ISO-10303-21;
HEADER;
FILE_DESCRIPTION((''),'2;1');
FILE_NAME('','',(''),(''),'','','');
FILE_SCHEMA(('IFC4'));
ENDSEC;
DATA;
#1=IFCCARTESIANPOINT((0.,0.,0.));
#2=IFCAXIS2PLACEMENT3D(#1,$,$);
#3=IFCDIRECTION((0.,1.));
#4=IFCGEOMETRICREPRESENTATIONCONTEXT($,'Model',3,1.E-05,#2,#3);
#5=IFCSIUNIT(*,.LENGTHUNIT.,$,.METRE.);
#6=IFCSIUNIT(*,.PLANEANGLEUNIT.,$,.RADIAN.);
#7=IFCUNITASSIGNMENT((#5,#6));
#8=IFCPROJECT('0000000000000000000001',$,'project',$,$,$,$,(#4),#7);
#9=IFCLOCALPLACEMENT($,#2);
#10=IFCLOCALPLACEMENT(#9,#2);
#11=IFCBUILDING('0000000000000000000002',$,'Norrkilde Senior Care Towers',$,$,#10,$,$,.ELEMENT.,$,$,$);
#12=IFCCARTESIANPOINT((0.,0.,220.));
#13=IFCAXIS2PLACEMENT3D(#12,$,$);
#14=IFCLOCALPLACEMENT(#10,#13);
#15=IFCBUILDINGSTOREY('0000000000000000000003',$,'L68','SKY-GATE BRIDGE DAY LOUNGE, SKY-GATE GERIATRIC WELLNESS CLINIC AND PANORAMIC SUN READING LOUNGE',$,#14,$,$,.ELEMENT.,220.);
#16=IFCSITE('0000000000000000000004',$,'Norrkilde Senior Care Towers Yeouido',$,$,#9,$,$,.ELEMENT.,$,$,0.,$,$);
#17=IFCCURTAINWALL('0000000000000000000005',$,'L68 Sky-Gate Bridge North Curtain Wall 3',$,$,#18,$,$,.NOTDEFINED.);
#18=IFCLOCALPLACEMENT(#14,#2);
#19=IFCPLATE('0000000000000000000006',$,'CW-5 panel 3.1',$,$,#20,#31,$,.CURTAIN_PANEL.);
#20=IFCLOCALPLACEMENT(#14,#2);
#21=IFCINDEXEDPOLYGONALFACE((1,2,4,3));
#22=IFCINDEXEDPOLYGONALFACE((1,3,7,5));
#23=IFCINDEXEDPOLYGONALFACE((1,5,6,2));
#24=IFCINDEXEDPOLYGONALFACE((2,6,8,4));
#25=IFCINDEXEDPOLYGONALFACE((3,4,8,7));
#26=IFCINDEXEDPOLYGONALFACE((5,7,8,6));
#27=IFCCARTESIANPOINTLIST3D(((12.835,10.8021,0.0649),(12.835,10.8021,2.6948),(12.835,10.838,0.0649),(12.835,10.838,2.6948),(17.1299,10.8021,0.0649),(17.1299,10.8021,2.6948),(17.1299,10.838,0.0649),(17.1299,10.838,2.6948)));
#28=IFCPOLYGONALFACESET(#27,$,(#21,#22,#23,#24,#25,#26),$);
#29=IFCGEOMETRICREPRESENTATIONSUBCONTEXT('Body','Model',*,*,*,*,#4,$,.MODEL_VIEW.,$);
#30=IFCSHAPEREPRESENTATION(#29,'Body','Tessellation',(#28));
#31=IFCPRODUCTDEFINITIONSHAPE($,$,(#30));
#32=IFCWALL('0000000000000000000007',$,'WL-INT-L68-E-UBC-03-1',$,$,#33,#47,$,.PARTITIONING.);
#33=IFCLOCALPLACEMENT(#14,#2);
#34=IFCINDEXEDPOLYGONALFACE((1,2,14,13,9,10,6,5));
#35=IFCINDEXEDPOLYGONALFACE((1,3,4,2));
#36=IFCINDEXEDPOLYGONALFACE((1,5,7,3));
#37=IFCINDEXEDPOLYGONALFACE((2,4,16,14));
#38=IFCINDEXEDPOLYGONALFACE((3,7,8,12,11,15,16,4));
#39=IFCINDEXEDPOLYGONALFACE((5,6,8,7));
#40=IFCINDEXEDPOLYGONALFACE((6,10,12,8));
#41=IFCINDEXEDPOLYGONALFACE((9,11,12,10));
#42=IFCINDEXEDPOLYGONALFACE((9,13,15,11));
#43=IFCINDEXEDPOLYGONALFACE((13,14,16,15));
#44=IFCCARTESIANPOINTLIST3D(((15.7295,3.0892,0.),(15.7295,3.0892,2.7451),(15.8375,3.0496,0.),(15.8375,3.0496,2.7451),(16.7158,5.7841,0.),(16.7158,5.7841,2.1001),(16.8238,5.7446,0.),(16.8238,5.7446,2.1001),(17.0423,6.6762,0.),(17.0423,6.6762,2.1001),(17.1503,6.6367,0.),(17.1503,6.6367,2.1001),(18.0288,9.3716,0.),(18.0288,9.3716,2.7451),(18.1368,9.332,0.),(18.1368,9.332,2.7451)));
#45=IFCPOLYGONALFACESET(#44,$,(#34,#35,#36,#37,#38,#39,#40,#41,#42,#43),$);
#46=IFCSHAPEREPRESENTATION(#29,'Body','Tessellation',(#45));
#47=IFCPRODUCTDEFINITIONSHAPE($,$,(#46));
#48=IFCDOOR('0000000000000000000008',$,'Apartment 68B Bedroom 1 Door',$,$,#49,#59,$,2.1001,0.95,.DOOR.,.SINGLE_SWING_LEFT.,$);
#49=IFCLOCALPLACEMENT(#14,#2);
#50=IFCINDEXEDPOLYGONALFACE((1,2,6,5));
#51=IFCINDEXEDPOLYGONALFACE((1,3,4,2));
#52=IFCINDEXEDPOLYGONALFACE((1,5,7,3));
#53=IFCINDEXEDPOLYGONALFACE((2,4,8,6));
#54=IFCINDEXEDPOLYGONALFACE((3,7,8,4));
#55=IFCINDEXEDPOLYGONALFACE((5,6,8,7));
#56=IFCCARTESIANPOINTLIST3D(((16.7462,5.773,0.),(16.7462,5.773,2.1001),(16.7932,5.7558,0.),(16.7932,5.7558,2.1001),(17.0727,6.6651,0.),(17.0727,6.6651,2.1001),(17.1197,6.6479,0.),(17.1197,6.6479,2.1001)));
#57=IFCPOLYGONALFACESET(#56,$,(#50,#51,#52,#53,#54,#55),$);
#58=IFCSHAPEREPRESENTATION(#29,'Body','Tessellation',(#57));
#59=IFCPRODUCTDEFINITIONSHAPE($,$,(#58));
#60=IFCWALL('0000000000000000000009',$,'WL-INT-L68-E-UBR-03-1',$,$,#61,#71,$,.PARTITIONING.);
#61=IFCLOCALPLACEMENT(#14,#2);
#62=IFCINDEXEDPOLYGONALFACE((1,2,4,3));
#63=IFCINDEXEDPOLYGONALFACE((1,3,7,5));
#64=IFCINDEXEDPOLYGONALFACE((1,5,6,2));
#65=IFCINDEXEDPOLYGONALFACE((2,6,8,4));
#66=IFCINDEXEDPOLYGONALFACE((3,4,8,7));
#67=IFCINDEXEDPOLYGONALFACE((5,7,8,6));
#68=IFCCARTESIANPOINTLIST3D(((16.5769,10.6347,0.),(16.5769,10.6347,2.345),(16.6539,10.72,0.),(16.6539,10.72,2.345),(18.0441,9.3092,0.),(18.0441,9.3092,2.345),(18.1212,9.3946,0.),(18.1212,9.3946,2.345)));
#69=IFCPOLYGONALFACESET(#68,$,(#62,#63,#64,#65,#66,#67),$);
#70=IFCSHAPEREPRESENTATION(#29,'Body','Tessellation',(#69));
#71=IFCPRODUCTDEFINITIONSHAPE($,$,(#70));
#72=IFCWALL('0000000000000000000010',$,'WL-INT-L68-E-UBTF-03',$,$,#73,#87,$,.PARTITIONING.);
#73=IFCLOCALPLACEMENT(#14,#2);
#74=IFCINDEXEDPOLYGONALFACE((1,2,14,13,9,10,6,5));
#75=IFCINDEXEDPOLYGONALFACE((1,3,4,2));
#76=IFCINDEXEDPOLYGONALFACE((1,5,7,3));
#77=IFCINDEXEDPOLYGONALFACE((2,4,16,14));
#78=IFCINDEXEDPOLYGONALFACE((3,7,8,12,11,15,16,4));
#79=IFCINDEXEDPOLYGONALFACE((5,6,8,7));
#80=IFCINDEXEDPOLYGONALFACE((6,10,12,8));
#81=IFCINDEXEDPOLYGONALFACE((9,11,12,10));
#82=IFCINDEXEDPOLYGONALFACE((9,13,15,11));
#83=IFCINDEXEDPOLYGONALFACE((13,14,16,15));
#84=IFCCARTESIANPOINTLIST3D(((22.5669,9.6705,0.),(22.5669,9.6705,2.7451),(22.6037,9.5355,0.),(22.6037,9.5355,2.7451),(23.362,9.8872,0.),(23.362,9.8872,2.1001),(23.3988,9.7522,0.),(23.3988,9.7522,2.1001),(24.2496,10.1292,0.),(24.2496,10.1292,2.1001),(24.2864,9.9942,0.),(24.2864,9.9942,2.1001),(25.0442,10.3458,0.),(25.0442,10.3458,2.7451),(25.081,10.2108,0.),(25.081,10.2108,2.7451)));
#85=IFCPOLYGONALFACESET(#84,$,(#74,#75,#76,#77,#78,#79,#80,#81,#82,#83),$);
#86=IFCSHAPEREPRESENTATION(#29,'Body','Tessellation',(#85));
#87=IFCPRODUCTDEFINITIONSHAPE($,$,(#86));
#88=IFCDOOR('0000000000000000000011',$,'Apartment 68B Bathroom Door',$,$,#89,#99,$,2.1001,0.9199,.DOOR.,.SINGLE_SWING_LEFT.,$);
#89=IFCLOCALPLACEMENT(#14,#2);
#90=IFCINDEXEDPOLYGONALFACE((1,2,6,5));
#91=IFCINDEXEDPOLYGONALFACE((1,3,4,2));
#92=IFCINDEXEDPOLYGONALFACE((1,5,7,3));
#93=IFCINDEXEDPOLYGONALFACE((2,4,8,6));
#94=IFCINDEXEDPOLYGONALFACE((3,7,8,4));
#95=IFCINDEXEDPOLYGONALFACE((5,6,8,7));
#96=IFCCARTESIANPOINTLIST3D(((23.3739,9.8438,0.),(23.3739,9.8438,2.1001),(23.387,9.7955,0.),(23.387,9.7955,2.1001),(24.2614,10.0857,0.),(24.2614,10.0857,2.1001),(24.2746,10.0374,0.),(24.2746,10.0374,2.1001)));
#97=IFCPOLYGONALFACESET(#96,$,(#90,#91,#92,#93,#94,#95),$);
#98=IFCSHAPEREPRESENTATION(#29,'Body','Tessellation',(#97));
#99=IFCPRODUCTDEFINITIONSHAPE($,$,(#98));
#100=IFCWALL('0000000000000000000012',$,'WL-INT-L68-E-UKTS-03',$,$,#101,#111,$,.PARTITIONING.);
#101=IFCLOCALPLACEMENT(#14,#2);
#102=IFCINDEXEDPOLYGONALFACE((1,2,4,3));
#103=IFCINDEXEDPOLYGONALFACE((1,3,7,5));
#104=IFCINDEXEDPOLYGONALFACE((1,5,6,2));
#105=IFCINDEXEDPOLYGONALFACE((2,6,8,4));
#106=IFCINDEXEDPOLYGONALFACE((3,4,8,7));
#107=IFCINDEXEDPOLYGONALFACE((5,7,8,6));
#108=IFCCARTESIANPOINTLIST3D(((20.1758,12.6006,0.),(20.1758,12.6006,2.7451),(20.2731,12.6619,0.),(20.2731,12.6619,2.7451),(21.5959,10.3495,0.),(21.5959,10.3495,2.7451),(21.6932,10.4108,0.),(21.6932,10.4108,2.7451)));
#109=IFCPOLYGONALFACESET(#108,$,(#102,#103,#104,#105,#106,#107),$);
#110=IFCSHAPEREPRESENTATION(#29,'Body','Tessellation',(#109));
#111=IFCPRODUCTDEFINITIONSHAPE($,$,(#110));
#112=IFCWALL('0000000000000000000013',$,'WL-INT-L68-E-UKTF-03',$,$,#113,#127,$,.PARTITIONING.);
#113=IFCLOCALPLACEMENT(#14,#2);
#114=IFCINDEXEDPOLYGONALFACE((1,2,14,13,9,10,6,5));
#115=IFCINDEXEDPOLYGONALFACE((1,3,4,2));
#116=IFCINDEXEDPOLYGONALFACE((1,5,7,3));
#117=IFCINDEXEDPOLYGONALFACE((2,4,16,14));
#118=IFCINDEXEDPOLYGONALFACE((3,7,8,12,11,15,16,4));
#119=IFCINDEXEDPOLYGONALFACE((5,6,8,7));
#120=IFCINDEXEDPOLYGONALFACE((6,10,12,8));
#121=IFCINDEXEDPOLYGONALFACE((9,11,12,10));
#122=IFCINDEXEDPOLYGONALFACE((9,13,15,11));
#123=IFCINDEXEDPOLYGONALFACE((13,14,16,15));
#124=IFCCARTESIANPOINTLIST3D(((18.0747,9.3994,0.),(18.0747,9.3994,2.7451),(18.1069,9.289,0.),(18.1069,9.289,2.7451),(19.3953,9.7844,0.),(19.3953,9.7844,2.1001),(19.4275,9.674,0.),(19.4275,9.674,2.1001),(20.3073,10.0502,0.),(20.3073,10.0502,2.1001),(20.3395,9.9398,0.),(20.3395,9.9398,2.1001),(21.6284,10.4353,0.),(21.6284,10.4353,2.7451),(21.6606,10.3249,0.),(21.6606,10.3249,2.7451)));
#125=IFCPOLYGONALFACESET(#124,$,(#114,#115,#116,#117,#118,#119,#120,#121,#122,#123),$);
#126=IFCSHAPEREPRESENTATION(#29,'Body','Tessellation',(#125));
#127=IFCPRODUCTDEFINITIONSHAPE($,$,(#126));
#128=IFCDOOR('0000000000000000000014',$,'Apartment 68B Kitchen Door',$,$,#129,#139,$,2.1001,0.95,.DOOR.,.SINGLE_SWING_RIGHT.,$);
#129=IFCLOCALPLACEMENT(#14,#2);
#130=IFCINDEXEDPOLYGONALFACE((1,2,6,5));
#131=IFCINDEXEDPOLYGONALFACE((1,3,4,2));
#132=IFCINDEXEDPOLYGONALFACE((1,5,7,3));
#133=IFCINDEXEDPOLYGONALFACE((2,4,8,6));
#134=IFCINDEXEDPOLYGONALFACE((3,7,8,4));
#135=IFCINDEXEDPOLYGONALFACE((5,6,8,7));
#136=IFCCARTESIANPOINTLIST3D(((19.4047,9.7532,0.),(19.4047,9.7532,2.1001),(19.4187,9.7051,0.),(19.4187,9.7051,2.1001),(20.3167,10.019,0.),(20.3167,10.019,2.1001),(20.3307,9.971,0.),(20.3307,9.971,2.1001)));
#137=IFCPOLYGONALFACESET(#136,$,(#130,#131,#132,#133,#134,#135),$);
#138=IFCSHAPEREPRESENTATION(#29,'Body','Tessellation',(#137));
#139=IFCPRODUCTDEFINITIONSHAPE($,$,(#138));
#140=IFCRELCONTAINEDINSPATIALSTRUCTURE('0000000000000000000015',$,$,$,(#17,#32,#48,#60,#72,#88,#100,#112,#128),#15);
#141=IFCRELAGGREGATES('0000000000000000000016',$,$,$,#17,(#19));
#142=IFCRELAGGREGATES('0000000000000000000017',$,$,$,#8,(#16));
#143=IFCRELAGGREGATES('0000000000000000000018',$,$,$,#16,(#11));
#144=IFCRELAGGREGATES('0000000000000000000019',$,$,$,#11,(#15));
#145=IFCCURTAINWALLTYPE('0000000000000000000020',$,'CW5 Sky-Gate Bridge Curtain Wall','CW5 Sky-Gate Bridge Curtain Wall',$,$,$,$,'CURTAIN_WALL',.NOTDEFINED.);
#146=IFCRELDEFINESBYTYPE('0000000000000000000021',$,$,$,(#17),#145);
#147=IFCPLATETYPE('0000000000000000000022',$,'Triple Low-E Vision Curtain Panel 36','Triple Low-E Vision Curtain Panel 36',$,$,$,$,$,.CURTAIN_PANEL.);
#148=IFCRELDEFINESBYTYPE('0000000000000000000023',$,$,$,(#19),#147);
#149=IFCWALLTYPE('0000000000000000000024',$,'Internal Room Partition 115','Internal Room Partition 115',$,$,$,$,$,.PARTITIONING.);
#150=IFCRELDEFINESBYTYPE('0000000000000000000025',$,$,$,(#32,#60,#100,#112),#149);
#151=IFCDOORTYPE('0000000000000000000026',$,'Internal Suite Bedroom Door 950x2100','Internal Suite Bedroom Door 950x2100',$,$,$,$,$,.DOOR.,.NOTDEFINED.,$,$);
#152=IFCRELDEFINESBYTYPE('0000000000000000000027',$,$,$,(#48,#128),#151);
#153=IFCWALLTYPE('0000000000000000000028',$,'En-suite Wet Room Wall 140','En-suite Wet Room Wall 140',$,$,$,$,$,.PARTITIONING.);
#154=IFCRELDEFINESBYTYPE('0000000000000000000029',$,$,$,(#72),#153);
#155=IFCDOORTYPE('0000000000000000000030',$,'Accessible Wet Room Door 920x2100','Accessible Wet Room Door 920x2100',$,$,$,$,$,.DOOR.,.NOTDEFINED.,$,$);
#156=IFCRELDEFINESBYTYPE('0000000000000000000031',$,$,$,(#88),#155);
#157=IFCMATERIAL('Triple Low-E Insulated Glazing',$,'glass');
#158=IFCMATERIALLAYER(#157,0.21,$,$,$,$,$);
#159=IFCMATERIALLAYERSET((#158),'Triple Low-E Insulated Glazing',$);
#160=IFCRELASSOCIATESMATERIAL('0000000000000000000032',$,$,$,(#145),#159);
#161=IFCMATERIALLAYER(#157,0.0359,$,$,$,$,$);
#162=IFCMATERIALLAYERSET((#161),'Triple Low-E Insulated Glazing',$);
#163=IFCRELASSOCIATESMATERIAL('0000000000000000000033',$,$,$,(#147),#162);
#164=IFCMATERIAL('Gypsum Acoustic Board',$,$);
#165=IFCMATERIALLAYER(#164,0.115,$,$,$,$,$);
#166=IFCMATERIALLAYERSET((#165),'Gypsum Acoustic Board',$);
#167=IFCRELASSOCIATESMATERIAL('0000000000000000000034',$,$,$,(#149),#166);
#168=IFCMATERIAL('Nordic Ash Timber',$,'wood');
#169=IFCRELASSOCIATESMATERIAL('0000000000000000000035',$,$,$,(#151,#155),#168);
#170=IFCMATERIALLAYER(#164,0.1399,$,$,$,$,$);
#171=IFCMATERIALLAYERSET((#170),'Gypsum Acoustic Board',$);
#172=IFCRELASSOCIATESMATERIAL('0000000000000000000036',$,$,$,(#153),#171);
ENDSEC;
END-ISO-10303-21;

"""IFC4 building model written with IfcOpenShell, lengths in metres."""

from ifc_helpers import new_model, si_unit, direction, frame, frame_2d, origin, origin_2d, place, context, subcontext, project, spatial, rectangle, extrude, source, transform, mapped, material, layer, layer_set, type_object, type_shapes, element, fill, aggregate, save


model = new_model("IFC4")

# Units and contexts
model_context = context("Model", 3, precision=1e-05, world=origin(), true_north=direction((0.0, 1.0)))
body_context = subcontext(model_context, "Body", "Model", "MODEL_VIEW")
ifc_project = project(units=[si_unit("LENGTHUNIT", "METRE"), si_unit("PLANEANGLEUNIT", "RADIAN")], contexts=[model_context])

# Site, building, storey
site_placement = place(None, origin())
site = spatial("IfcSite", under=ifc_project, at=site_placement, Name="Norrkilde Senior Care Towers Yeouido", CompositionType="ELEMENT", RefElevation=0.0)
building_placement = place(site_placement, origin())
building = spatial("IfcBuilding", under=site, at=building_placement, Name="Norrkilde Senior Care Towers", CompositionType="ELEMENT")
storey_placement = place(building_placement, frame((0.0, 0.0, 220.0)))
storey = spatial("IfcBuildingStorey", under=building, at=storey_placement, Name="L68", Description="SKY-GATE BRIDGE DAY LOUNGE, SKY-GATE GERIATRIC WELLNESS CLINIC AND PANORAMIC SUN READING LOUNGE", CompositionType="ELEMENT", Elevation=220.0)

# Shared definitions
ifc_material_1 = material(Name="Triple Low-E Insulated Glazing", Category="glass")

# Curtain wall
ifc_layer_1 = layer(ifc_material_1, 0.21)
ifc_layer_set_1 = layer_set([ifc_layer_1], Name="Triple Low-E Insulated Glazing")
curtain_wall_type_1 = type_object("IfcCurtainWallType", Name="CW5 Sky-Gate Bridge Curtain Wall", Description="CW5 Sky-Gate Bridge Curtain Wall", ElementType="CURTAIN_WALL", PredefinedType="NOTDEFINED", material=ifc_layer_set_1)
curtain_wall_1_placement = place(storey_placement, origin())
curtain_wall_1 = element("IfcCurtainWall", 1, at=curtain_wall_1_placement, inside=storey, type_object=curtain_wall_type_1, Name="L68 Sky-Gate Bridge North Curtain Wall 3", PredefinedType="NOTDEFINED")

# Plate
ifc_layer_2 = layer(ifc_material_1, 0.0359)
ifc_layer_set_2 = layer_set([ifc_layer_2], Name="Triple Low-E Insulated Glazing")
plate_type = type_object("IfcPlateType", Name="Triple Low-E Vision Curtain Panel 36", Description="Triple Low-E Vision Curtain Panel 36", PredefinedType="CURTAIN_PANEL", material=ifc_layer_set_2)
shared_shape_1 = source(origin(), body_context, "Body", "SweptSolid", [
    extrude(rectangle(XDim=4.2949, YDim=0.0359, at=origin_2d()), origin(), (0.0, 0.0, 1.0), 2.6299),
])
plate_1_placement = place(storey_placement, frame((14.9824, 10.8201, 0.0649), z_axis=(0.0, 0.0, 1.0), x_axis=(1.0, 0.0, 0.0)))
plate_1 = element("IfcPlate", 2, at=plate_1_placement, type_object=plate_type, Name="CW-5 panel 3.1", PredefinedType="CURTAIN_PANEL", context=body_context, shape_type="MappedRepresentation", body=[
    mapped(shared_shape_1, transform((0.0, 0.0, 0.0), x_axis=(1.0, 0.0, 0.0), y_axis=(0.0, 1.0, 0.0), z_axis=(0.0, 0.0, 1.0), scale=1.0)),
])
aggregate(curtain_wall_1, [plate_1])

# Wall, opening, door
ifc_material_2 = material(Name="Gypsum Acoustic Board")
ifc_layer_3 = layer(ifc_material_2, 0.115)
ifc_layer_set_3 = layer_set([ifc_layer_3], Name="Gypsum Acoustic Board")
wall_type_1 = type_object("IfcWallType", Name="Internal Room Partition 115", Description="Internal Room Partition 115", PredefinedType="PARTITIONING", material=ifc_layer_set_3)
shared_shape_2 = source(origin(), body_context, "Body", "SweptSolid", [
    extrude(rectangle(XDim=6.6899, YDim=0.115, at=frame_2d((3.345, 0.0))), origin(), (0.0, 0.0, 1.0), 2.7451),
])
wall_1_placement = place(storey_placement, frame((18.0828, 9.3518, 0.0), z_axis=(0.0, 0.0, 1.0), x_axis=(-0.343694, -0.939082, 0.0)))
wall_1 = element("IfcWall", 3, at=wall_1_placement, inside=storey, type_object=wall_type_1, Name="WL-INT-L68-E-UBC-03-1", PredefinedType="PARTITIONING", context=body_context, shape_type="MappedRepresentation", body=[
    mapped(shared_shape_2, transform((0.0, 0.0, 0.0), x_axis=(1.0, 0.0, 0.0), y_axis=(0.0, 1.0, 0.0), z_axis=(0.0, 0.0, 1.0), scale=1.0)),
])
opening_1_placement = place(wall_1_placement, frame((2.8701, 0.0, 0.0)))
opening_1 = element("IfcOpeningElement", 4, at=opening_1_placement, cuts=wall_1, PredefinedType="OPENING", context=body_context, shape_type="SweptSolid", body=[
    extrude(rectangle(XDim=0.95, YDim=2.1001, at=frame_2d((0.4751, 1.05))), frame((0.0, 0.0674, 0.0), z_axis=(0.0, -1.0, 0.0), x_axis=(1.0, 0.0, 0.0)), (0.0, 0.0, 1.0), 0.135),
])
ifc_material_3 = material(Name="Nordic Ash Timber", Category="wood")
door_type_1 = type_object("IfcDoorType", Name="Internal Suite Bedroom Door 950x2100", Description="Internal Suite Bedroom Door 950x2100", OperationType="NOTDEFINED", PredefinedType="DOOR", material=ifc_material_3)
shared_shape_3 = source(origin(), body_context, "Body", "SweptSolid", [
    extrude(rectangle(XDim=0.95, YDim=2.1001, at=frame_2d((0.4751, 1.05))), frame((0.0, 0.0249, 0.0), z_axis=(0.0, -1.0, 0.0), x_axis=(1.0, 0.0, 0.0)), (0.0, 0.0, 1.0), 0.05),
])
type_shapes(door_type_1, [shared_shape_3])
door_1_placement = place(opening_1_placement, origin())
door_1 = element("IfcDoor", 5, at=door_1_placement, inside=storey, type_object=door_type_1, Name="Apartment 68B Bedroom 1 Door", OperationType="SINGLE_SWING_LEFT", OverallHeight=2.1001, OverallWidth=0.95, PredefinedType="DOOR", context=body_context, shape_type="MappedRepresentation", body=[
    mapped(shared_shape_3, transform((0.0, 0.0, 0.0), x_axis=(1.0, 0.0, 0.0), y_axis=(0.0, 1.0, 0.0), z_axis=(0.0, 0.0, 1.0), scale=1.0)),
])
fill(opening_1, door_1)

# Wall
shared_shape_4 = source(origin(), body_context, "Body", "SweptSolid", [
    extrude(rectangle(XDim=1.9773, YDim=0.115, at=frame_2d((0.9888, 0.0))), origin(), (0.0, 0.0, 1.0), 2.345),
])
wall_2_placement = place(storey_placement, frame((18.0828, 9.3518, 0.0), z_axis=(0.0, 0.0, 1.0), x_axis=(-0.742065, 0.670328, 0.0)))
element("IfcWall", 6, at=wall_2_placement, inside=storey, type_object=wall_type_1, Name="WL-INT-L68-E-UBR-03-1", PredefinedType="PARTITIONING", context=body_context, shape_type="MappedRepresentation", body=[
    mapped(shared_shape_4, transform((0.0, 0.0, 0.0), x_axis=(1.0, 0.0, 0.0), y_axis=(0.0, 1.0, 0.0), z_axis=(0.0, 0.0, 1.0), scale=1.0)),
])

# Wall, opening, door
ifc_layer_4 = layer(ifc_material_2, 0.1399)
ifc_layer_set_4 = layer_set([ifc_layer_4], Name="Gypsum Acoustic Board")
wall_type_2 = type_object("IfcWallType", Name="En-suite Wet Room Wall 140", Description="En-suite Wet Room Wall 140", PredefinedType="PARTITIONING", material=ifc_layer_set_4)
shared_shape_5 = source(origin(), body_context, "Body", "SweptSolid", [
    extrude(rectangle(XDim=2.5676, YDim=0.1399, at=frame_2d((1.2837, 0.0))), origin(), (0.0, 0.0, 1.0), 2.7451),
])
type_shapes(wall_type_2, [shared_shape_5])
wall_3_placement = place(storey_placement, frame((22.5854, 9.603, 0.0), z_axis=(0.0, 0.0, 1.0), x_axis=(0.964797, 0.262997, 0.0)))
wall_3 = element("IfcWall", 7, at=wall_3_placement, inside=storey, type_object=wall_type_2, Name="WL-INT-L68-E-UBTF-03", PredefinedType="PARTITIONING", context=body_context, shape_type="MappedRepresentation", body=[
    mapped(shared_shape_5, transform((0.0, 0.0, 0.0), x_axis=(1.0, 0.0, 0.0), y_axis=(0.0, 1.0, 0.0), z_axis=(0.0, 0.0, 1.0), scale=1.0)),
])
opening_2_placement = place(wall_3_placement, frame((0.824, 0.0, 0.0)))
opening_2 = element("IfcOpeningElement", 8, at=opening_2_placement, cuts=wall_3, PredefinedType="OPENING", context=body_context, shape_type="SweptSolid", body=[
    extrude(rectangle(XDim=0.9199, YDim=2.1001, at=frame_2d((0.46, 1.05))), frame((0.0, 0.0798, 0.0), z_axis=(0.0, -1.0, 0.0), x_axis=(1.0, 0.0, 0.0)), (0.0, 0.0, 1.0), 0.1599),
])
door_type_2 = type_object("IfcDoorType", Name="Accessible Wet Room Door 920x2100", Description="Accessible Wet Room Door 920x2100", OperationType="NOTDEFINED", PredefinedType="DOOR", material=ifc_material_3)
shared_shape_6 = source(origin(), body_context, "Body", "SweptSolid", [
    extrude(rectangle(XDim=0.9199, YDim=2.1001, at=frame_2d((0.46, 1.05))), frame((0.0, 0.0249, 0.0), z_axis=(0.0, -1.0, 0.0), x_axis=(1.0, 0.0, 0.0)), (0.0, 0.0, 1.0), 0.05),
])
type_shapes(door_type_2, [shared_shape_6])
door_2_placement = place(opening_2_placement, origin())
door_2 = element("IfcDoor", 9, at=door_2_placement, inside=storey, type_object=door_type_2, Name="Apartment 68B Bathroom Door", OperationType="SINGLE_SWING_LEFT", OverallHeight=2.1001, OverallWidth=0.9199, PredefinedType="DOOR", context=body_context, shape_type="MappedRepresentation", body=[
    mapped(shared_shape_6, transform((0.0, 0.0, 0.0), x_axis=(1.0, 0.0, 0.0), y_axis=(0.0, 1.0, 0.0), z_axis=(0.0, 0.0, 1.0), scale=1.0)),
])
fill(opening_2, door_2)

# Wall
shared_shape_7 = source(origin(), body_context, "Body", "SweptSolid", [
    extrude(rectangle(XDim=2.6616, YDim=0.115, at=frame_2d((1.3308, 0.0))), origin(), (0.0, 0.0, 1.0), 2.7451),
])
wall_4_placement = place(storey_placement, frame((21.6445, 10.3801, 0.0), z_axis=(0.0, 0.0, 1.0), x_axis=(-0.533548, 0.84577, 0.0)))
element("IfcWall", 10, at=wall_4_placement, inside=storey, type_object=wall_type_1, Name="WL-INT-L68-E-UKTS-03", PredefinedType="PARTITIONING", context=body_context, shape_type="MappedRepresentation", body=[
    mapped(shared_shape_7, transform((0.0, 0.0, 0.0), x_axis=(1.0, 0.0, 0.0), y_axis=(0.0, 1.0, 0.0), z_axis=(0.0, 0.0, 1.0), scale=1.0)),
])

# Wall, opening, door
shared_shape_8 = source(origin(), body_context, "Body", "SweptSolid", [
    extrude(rectangle(XDim=3.7017, YDim=0.115, at=frame_2d((1.8508, 0.0))), origin(), (0.0, 0.0, 1.0), 2.7451),
])
type_shapes(wall_type_1, [shared_shape_2, shared_shape_4, shared_shape_7, shared_shape_8])
wall_5_placement = place(storey_placement, frame((21.6445, 10.3801, 0.0), z_axis=(0.0, 0.0, 1.0), x_axis=(-0.960044, -0.279848, 0.0)))
wall_5 = element("IfcWall", 11, at=wall_5_placement, inside=storey, type_object=wall_type_1, Name="WL-INT-L68-E-UKTF-03", PredefinedType="PARTITIONING", context=body_context, shape_type="MappedRepresentation", body=[
    mapped(shared_shape_8, transform((0.0, 0.0, 0.0), x_axis=(1.0, 0.0, 0.0), y_axis=(0.0, 1.0, 0.0), z_axis=(0.0, 0.0, 1.0), scale=1.0)),
])
opening_3_placement = place(wall_5_placement, frame((1.376, 0.0, 0.0)))
opening_3 = element("IfcOpeningElement", 12, at=opening_3_placement, cuts=wall_5, PredefinedType="OPENING", context=body_context, shape_type="SweptSolid", body=[
    extrude(rectangle(XDim=0.95, YDim=2.1001, at=frame_2d((0.4751, 1.05))), frame((0.0, 0.0674, 0.0), z_axis=(0.0, -1.0, 0.0), x_axis=(1.0, 0.0, 0.0)), (0.0, 0.0, 1.0), 0.135),
])
door_3_placement = place(opening_3_placement, frame((0.95, 0.0, 0.0), z_axis=(0.0, 0.0, 1.0), x_axis=(-1.0, 0.0, 0.0)))
door_3 = element("IfcDoor", 13, at=door_3_placement, inside=storey, type_object=door_type_1, Name="Apartment 68B Kitchen Door", OperationType="SINGLE_SWING_RIGHT", OverallHeight=2.1001, OverallWidth=0.95, PredefinedType="DOOR", context=body_context, shape_type="MappedRepresentation", body=[
    mapped(shared_shape_3, transform((0.0, 0.0, 0.0), x_axis=(1.0, 0.0, 0.0), y_axis=(0.0, 1.0, 0.0), z_axis=(0.0, 0.0, 1.0), scale=1.0)),
])
fill(opening_3, door_3)

save(model, "model.ifc")
